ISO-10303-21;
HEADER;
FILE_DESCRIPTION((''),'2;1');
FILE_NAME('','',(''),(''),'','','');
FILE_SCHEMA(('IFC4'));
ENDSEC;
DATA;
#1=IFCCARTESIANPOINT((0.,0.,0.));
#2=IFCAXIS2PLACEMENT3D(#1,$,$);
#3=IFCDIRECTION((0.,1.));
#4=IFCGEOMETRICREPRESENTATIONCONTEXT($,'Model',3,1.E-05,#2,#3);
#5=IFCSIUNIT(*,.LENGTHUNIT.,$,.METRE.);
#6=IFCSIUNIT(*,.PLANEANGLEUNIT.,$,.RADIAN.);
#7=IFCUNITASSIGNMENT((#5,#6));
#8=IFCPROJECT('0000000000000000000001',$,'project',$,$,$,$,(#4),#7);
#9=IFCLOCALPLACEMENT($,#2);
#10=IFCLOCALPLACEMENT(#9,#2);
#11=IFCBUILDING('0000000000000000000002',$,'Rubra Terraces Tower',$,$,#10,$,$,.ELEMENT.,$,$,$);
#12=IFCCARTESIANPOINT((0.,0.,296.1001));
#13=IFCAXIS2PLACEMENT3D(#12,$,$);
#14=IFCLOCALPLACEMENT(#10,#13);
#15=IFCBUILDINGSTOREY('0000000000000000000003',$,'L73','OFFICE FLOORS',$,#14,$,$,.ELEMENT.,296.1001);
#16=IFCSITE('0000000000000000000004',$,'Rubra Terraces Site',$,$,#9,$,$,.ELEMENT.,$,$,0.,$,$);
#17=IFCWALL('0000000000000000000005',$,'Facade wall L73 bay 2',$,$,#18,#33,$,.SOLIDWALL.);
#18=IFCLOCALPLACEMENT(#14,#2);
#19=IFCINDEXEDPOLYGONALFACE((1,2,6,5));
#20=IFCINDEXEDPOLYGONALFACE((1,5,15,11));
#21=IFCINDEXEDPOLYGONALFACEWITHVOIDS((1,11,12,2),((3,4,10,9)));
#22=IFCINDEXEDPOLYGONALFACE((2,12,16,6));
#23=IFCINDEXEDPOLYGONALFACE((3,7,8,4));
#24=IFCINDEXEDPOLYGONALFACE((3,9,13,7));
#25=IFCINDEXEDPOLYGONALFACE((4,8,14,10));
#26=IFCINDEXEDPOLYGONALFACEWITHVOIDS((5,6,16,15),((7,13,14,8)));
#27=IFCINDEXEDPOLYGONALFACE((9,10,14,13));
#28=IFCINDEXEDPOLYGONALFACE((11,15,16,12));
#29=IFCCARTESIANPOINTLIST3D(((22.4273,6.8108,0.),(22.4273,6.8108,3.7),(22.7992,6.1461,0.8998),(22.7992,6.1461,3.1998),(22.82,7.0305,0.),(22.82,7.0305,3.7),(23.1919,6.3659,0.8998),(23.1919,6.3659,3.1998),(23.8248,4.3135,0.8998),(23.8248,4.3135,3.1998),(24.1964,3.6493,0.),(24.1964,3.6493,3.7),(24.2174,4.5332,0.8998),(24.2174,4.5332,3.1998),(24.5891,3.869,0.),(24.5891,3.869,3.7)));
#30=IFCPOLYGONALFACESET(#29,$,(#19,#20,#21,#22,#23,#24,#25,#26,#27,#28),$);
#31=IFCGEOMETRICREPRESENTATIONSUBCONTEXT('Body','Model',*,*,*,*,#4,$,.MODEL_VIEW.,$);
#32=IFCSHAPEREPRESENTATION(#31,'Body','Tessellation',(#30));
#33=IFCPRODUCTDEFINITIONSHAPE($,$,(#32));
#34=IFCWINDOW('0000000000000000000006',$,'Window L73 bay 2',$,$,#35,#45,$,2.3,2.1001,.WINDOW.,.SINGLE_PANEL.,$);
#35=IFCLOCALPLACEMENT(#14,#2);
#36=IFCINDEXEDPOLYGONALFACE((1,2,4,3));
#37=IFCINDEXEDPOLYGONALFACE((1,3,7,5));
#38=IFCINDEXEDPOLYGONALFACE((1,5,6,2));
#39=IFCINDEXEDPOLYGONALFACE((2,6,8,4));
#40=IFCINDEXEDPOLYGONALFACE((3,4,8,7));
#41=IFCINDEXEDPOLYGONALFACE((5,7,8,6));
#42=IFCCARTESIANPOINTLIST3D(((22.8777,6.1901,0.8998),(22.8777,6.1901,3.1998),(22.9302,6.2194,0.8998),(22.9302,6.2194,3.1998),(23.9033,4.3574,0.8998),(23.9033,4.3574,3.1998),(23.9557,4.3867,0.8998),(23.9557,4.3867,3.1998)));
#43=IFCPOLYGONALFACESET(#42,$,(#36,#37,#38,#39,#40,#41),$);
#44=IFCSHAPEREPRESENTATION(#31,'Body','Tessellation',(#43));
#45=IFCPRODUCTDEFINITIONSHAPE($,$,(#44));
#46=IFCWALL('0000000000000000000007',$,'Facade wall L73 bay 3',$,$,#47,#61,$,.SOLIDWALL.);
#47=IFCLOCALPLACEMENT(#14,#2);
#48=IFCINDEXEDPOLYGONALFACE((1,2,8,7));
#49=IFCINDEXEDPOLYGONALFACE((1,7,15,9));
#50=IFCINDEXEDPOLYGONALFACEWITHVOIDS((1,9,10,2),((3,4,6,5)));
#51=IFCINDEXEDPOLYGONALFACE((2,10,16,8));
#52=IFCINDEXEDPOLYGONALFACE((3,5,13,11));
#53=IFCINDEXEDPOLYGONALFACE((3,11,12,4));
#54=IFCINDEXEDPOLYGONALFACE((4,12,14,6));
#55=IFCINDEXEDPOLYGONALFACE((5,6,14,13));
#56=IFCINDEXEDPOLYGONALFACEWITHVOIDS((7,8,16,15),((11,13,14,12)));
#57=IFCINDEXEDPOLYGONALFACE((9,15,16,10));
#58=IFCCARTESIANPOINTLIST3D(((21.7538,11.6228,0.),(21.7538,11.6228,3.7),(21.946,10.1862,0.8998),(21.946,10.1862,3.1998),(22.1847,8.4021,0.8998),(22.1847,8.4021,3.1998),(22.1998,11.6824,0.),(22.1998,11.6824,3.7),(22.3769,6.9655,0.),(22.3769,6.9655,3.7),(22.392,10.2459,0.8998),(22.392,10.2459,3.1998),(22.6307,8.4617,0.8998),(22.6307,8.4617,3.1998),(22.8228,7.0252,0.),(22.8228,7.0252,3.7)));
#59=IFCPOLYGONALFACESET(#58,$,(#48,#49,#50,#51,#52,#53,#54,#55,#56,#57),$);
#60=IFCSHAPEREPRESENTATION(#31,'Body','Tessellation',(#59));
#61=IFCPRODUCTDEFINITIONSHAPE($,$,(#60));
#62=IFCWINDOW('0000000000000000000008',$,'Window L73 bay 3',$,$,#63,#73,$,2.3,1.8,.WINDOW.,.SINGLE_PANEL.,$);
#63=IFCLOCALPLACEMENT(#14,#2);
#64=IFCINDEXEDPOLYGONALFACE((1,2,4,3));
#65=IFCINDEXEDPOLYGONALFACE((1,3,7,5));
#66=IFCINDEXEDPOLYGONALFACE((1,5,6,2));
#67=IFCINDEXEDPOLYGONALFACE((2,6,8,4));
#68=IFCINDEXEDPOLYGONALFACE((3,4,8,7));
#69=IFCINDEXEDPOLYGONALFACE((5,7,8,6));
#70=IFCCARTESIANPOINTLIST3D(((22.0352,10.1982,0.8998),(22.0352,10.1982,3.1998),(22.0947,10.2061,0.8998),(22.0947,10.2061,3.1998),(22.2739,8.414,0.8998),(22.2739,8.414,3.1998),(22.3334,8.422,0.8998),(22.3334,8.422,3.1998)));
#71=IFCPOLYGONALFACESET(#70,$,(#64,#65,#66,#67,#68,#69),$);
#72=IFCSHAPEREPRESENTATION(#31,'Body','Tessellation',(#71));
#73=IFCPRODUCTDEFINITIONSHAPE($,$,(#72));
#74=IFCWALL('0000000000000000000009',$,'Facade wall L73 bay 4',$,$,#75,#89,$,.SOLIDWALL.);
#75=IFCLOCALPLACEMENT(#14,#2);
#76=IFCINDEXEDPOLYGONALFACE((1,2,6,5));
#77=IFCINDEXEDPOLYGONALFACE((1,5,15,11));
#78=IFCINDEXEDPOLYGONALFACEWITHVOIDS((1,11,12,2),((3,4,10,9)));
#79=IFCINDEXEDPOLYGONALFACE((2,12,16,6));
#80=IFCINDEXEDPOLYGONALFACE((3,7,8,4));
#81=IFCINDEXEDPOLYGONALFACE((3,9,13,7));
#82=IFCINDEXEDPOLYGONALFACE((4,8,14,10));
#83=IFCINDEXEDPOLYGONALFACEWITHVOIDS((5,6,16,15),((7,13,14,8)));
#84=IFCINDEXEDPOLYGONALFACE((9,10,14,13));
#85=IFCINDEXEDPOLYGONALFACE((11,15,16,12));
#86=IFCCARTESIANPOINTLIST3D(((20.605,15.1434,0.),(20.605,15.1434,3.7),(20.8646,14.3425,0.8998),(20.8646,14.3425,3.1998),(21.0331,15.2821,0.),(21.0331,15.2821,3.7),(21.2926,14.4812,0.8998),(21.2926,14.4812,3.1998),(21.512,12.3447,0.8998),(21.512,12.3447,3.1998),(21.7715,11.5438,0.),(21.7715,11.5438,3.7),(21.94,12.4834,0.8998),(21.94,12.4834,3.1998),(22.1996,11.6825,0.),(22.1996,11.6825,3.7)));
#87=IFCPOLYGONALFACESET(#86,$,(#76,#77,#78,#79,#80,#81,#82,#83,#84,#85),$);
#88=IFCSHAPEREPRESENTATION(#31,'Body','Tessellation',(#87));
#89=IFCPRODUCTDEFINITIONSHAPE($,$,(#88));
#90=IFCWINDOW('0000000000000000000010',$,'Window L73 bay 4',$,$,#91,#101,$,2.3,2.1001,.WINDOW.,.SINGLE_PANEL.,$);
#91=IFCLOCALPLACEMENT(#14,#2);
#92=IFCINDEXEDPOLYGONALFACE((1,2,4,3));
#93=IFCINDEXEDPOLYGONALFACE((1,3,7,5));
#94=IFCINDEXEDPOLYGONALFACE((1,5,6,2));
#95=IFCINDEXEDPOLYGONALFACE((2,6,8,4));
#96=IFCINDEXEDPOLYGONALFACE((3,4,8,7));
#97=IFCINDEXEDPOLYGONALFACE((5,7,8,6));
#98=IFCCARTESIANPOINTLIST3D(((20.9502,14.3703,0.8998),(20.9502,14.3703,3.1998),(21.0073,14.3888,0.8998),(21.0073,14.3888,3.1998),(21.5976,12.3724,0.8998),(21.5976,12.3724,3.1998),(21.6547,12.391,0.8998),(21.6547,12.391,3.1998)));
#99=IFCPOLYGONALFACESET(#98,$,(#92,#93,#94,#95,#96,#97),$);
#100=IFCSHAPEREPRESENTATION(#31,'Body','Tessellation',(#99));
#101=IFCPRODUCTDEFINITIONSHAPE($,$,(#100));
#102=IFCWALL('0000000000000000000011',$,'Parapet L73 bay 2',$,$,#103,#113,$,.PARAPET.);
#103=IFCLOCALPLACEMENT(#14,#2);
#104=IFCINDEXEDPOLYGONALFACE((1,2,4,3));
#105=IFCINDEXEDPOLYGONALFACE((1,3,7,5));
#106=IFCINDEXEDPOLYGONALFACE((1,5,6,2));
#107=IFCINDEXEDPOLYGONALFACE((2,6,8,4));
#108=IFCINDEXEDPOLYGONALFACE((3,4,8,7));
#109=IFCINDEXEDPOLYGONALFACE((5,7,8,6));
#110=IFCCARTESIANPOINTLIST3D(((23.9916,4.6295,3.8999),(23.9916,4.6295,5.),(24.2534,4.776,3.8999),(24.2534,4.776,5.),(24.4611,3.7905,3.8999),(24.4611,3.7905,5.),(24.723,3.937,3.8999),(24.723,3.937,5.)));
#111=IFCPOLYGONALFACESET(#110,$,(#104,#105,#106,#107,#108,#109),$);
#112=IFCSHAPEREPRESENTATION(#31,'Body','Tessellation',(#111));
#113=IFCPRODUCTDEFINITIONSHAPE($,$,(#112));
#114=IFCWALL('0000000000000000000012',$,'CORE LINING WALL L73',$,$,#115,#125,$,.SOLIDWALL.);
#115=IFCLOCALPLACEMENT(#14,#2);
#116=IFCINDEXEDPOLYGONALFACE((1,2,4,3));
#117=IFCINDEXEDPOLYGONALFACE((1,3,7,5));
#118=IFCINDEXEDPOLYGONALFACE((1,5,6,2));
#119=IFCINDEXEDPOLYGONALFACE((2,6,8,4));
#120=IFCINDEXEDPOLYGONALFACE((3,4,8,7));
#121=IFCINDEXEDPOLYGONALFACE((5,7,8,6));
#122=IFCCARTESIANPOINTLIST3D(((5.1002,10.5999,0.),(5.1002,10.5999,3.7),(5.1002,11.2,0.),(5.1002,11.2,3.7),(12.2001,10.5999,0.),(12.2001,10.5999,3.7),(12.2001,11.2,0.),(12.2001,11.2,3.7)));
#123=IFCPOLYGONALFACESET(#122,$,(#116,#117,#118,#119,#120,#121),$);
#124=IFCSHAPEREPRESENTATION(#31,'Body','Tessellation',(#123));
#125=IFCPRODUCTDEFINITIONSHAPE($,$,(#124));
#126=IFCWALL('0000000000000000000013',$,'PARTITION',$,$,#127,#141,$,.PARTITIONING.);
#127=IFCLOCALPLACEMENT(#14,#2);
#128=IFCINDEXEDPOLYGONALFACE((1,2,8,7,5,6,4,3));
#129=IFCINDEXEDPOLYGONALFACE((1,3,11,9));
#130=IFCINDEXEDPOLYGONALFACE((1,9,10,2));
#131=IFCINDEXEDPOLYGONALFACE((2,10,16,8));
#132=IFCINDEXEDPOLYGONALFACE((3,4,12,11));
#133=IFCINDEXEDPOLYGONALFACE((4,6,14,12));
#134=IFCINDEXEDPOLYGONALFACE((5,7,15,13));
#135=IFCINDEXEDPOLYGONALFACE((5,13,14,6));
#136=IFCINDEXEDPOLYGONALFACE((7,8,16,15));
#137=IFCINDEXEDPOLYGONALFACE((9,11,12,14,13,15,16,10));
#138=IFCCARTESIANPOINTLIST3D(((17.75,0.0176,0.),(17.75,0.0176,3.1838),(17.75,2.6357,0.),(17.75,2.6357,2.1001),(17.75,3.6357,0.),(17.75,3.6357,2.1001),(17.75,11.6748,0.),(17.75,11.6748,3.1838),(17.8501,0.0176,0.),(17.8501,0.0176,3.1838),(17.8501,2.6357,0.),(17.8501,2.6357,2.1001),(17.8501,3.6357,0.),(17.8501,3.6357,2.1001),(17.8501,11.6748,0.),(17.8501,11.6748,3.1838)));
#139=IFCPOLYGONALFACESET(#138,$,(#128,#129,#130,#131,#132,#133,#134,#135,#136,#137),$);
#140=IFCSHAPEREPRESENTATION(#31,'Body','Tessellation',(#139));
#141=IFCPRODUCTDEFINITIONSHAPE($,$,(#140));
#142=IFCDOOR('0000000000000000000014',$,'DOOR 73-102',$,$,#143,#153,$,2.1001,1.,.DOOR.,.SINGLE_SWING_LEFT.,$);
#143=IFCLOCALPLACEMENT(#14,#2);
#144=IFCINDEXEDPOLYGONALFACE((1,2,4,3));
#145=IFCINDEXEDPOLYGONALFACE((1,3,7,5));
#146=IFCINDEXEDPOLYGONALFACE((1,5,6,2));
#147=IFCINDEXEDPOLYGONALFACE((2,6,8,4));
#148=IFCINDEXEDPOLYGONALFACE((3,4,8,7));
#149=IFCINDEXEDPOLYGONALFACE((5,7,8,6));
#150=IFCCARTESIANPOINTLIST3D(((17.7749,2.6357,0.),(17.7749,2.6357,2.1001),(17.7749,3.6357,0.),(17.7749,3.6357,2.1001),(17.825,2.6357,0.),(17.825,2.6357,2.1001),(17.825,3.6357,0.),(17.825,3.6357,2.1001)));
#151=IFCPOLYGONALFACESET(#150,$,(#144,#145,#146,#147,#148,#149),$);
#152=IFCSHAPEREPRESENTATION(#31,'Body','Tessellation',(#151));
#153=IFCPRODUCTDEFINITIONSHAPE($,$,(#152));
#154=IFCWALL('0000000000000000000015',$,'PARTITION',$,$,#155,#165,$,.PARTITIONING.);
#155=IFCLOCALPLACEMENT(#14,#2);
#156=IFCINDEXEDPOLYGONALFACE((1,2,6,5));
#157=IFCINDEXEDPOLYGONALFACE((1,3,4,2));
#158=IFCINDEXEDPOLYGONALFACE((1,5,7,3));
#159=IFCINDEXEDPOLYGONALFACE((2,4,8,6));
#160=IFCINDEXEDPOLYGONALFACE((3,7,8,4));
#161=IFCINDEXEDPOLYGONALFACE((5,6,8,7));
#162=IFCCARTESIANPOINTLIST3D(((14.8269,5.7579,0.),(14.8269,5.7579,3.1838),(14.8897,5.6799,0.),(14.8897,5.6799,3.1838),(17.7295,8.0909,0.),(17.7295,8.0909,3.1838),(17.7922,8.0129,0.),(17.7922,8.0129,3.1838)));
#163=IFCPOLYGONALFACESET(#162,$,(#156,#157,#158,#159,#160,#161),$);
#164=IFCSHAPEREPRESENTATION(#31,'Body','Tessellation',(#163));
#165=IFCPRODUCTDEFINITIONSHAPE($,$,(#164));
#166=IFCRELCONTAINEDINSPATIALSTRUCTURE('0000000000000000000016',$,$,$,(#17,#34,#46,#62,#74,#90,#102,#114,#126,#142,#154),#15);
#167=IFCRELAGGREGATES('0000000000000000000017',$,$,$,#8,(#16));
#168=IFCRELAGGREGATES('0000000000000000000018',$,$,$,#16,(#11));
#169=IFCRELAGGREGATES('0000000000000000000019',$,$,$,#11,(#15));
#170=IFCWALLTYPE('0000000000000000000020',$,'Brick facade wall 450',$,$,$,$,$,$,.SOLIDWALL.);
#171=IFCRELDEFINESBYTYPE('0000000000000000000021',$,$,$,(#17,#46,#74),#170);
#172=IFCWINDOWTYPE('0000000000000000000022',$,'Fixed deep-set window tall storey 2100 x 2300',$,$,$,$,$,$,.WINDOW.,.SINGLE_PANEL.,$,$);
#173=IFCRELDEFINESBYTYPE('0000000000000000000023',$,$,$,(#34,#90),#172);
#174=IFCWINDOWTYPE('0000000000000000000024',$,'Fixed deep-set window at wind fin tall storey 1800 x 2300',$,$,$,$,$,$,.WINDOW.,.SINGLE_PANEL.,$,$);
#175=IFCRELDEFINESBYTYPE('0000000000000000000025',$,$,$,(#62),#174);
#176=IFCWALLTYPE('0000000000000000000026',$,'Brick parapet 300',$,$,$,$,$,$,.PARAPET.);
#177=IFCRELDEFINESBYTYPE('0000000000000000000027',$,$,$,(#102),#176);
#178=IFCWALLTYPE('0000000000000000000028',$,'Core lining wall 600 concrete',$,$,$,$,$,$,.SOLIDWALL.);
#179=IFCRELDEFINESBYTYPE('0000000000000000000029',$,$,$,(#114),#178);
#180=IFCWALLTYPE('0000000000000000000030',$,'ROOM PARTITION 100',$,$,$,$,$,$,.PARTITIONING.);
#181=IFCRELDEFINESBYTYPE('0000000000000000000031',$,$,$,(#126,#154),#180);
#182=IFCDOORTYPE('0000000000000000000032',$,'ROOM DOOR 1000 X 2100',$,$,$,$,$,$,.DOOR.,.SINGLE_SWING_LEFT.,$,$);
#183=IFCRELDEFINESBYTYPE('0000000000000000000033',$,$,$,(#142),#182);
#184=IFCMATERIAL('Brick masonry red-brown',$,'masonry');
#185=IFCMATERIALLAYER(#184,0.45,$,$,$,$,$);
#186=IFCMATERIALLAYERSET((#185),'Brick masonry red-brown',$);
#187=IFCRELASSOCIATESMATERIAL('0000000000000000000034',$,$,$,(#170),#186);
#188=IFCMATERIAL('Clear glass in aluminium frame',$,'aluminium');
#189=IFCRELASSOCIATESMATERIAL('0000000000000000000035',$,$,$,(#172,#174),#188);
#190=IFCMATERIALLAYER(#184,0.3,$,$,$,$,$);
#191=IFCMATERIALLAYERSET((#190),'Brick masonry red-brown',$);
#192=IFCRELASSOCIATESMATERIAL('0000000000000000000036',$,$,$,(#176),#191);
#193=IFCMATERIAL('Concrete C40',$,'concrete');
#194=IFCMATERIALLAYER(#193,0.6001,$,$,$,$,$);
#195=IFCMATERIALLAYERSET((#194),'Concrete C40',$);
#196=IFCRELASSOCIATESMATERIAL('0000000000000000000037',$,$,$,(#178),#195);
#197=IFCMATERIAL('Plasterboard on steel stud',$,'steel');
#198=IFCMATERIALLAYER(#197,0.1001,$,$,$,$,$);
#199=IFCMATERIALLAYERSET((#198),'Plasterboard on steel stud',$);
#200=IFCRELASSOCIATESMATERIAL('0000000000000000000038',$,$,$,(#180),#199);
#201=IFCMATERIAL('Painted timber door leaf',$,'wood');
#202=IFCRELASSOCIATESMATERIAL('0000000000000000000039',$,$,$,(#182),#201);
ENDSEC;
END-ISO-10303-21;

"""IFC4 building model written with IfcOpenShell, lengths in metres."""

from ifc_helpers import new_model, si_unit, direction, frame, frame_2d, origin, place, context, subcontext, project, spatial, rectangle, extrude, material, layer, layer_set, type_object, element, fill, save


model = new_model("IFC4")

# Units and contexts
model_context = context("Model", 3, precision=1e-05, world=origin(), true_north=direction((0.0, 1.0)))
body_context = subcontext(model_context, "Body", "Model", "MODEL_VIEW")
ifc_project = project(units=[si_unit("LENGTHUNIT", "METRE"), si_unit("PLANEANGLEUNIT", "RADIAN")], contexts=[model_context])

# Site, building, storey
site_placement = place(None, origin())
site = spatial("IfcSite", under=ifc_project, at=site_placement, Name="Rubra Terraces Site", CompositionType="ELEMENT", RefElevation=0.0)
building_placement = place(site_placement, origin())
building = spatial("IfcBuilding", under=site, at=building_placement, Name="Rubra Terraces Tower", CompositionType="ELEMENT")
storey_placement = place(building_placement, frame((0.0, 0.0, 296.1001)))
storey = spatial("IfcBuildingStorey", under=building, at=storey_placement, Name="L73", Description="OFFICE FLOORS", CompositionType="ELEMENT", Elevation=296.1001)

# Walls, openings, windows
ifc_material_1 = material(Name="Brick masonry red-brown", Category="masonry")
ifc_layer_1 = layer(ifc_material_1, 0.45)
ifc_layer_set_1 = layer_set([ifc_layer_1], Name="Brick masonry red-brown")
wall_type_1 = type_object("IfcWallType", Name="Brick facade wall 450", PredefinedType="SOLIDWALL", material=ifc_layer_set_1)
wall_1_placement = place(storey_placement, frame((24.3928, 3.759, 0.0), z_axis=(0.0, 0.0, 1.0), x_axis=(-0.488324, 0.872662, 0.0)))
wall_1 = element("IfcWall", 1, at=wall_1_placement, inside=storey, type_object=wall_type_1, Name="Facade wall L73 bay 2", PredefinedType="SOLIDWALL", context=body_context, shape_type="SweptSolid", body=[
    extrude(rectangle(XDim=3.6228, YDim=0.45, at=frame_2d((1.8115, 0.0))), origin(), (0.0, 0.0, 1.0), 3.7),
])
opening_1_placement = place(wall_1_placement, frame((0.7612, 0.0, 0.8999)))
opening_1 = element("IfcOpeningElement", 2, at=opening_1_placement, cuts=wall_1, PredefinedType="OPENING", context=body_context, shape_type="SweptSolid", body=[
    extrude(rectangle(XDim=2.1001, YDim=2.3, at=frame_2d((1.05, 1.1499))), frame((0.0, 0.2349, 0.0), z_axis=(0.0, -1.0, 0.0), x_axis=(1.0, 0.0, 0.0)), (0.0, 0.0, 1.0), 0.47),
])
ifc_material_2 = material(Name="Clear glass in aluminium frame", Category="aluminium")
window_type_1 = type_object("IfcWindowType", Name="Fixed deep-set window tall storey 2100 x 2300", PartitioningType="SINGLE_PANEL", PredefinedType="WINDOW", material=ifc_material_2)
window_1_placement = place(opening_1_placement, origin())
window_1 = element("IfcWindow", 3, at=window_1_placement, inside=storey, type_object=window_type_1, Name="Window L73 bay 2", OverallHeight=2.3, OverallWidth=2.1001, PartitioningType="SINGLE_PANEL", PredefinedType="WINDOW", context=body_context, shape_type="SweptSolid", body=[
    extrude(rectangle(XDim=2.1001, YDim=2.3, at=frame_2d((1.05, 1.1499))), frame((0.0, 0.135, 0.0), z_axis=(0.0, -1.0, 0.0), x_axis=(1.0, 0.0, 0.0)), (0.0, 0.0, 1.0), 0.0601),
])
fill(opening_1, window_1)
wall_2_placement = place(storey_placement, frame((22.5999, 6.9954, 0.0), z_axis=(0.0, 0.0, 1.0), x_axis=(-0.132599, 0.99117, 0.0)))
wall_2 = element("IfcWall", 4, at=wall_2_placement, inside=storey, type_object=wall_type_1, Name="Facade wall L73 bay 3", PredefinedType="SOLIDWALL", context=body_context, shape_type="SweptSolid", body=[
    extrude(rectangle(XDim=4.6987, YDim=0.45, at=frame_2d((2.3494, 0.0))), origin(), (0.0, 0.0, 1.0), 3.7),
])
opening_2_placement = place(wall_2_placement, frame((1.4495, 0.0, 0.8999)))
opening_2 = element("IfcOpeningElement", 5, at=opening_2_placement, cuts=wall_2, PredefinedType="OPENING", context=body_context, shape_type="SweptSolid", body=[
    extrude(rectangle(XDim=1.8, YDim=2.3, at=frame_2d((0.8999, 1.1499))), frame((0.0, 0.2349, 0.0), z_axis=(0.0, -1.0, 0.0), x_axis=(1.0, 0.0, 0.0)), (0.0, 0.0, 1.0), 0.47),
])
window_type_2 = type_object("IfcWindowType", Name="Fixed deep-set window at wind fin tall storey 1800 x 2300", PartitioningType="SINGLE_PANEL", PredefinedType="WINDOW", material=ifc_material_2)
window_2_placement = place(opening_2_placement, origin())
window_2 = element("IfcWindow", 6, at=window_2_placement, inside=storey, type_object=window_type_2, Name="Window L73 bay 3", OverallHeight=2.3, OverallWidth=1.8, PartitioningType="SINGLE_PANEL", PredefinedType="WINDOW", context=body_context, shape_type="SweptSolid", body=[
    extrude(rectangle(XDim=1.8, YDim=2.3, at=frame_2d((0.8999, 1.1499))), frame((0.0, 0.135, 0.0), z_axis=(0.0, -1.0, 0.0), x_axis=(1.0, 0.0, 0.0)), (0.0, 0.0, 1.0), 0.0601),
])
fill(opening_2, window_2)
wall_3_placement = place(storey_placement, frame((21.9856, 11.613, 0.0), z_axis=(0.0, 0.0, 1.0), x_axis=(-0.308281, 0.951295, 0.0)))
wall_3 = element("IfcWall", 7, at=wall_3_placement, inside=storey, type_object=wall_type_1, Name="Facade wall L73 bay 4", PredefinedType="SOLIDWALL", context=body_context, shape_type="SweptSolid", body=[
    extrude(rectangle(XDim=3.7839, YDim=0.45, at=frame_2d((1.8921, 0.0))), origin(), (0.0, 0.0, 1.0), 3.7),
])
opening_3_placement = place(wall_3_placement, frame((0.842, 0.0, 0.8999)))
opening_3 = element("IfcOpeningElement", 8, at=opening_3_placement, cuts=wall_3, PredefinedType="OPENING", context=body_context, shape_type="SweptSolid", body=[
    extrude(rectangle(XDim=2.1001, YDim=2.3, at=frame_2d((1.05, 1.1499))), frame((0.0, 0.2349, 0.0), z_axis=(0.0, -1.0, 0.0), x_axis=(1.0, 0.0, 0.0)), (0.0, 0.0, 1.0), 0.47),
])
window_3_placement = place(opening_3_placement, origin())
window_3 = element("IfcWindow", 9, at=window_3_placement, inside=storey, type_object=window_type_1, Name="Window L73 bay 4", OverallHeight=2.3, OverallWidth=2.1001, PartitioningType="SINGLE_PANEL", PredefinedType="WINDOW", context=body_context, shape_type="SweptSolid", body=[
    extrude(rectangle(XDim=2.1001, YDim=2.3, at=frame_2d((1.05, 1.1499))), frame((0.0, 0.135, 0.0), z_axis=(0.0, -1.0, 0.0), x_axis=(1.0, 0.0, 0.0)), (0.0, 0.0, 1.0), 0.0601),
])
fill(opening_3, window_3)

# Walls
ifc_layer_2 = layer(ifc_material_1, 0.3)
ifc_layer_set_2 = layer_set([ifc_layer_2], Name="Brick masonry red-brown")
wall_type_2 = type_object("IfcWallType", Name="Brick parapet 300", PredefinedType="PARAPET", material=ifc_layer_set_2)
wall_4_placement = place(storey_placement, frame((24.592, 3.8638, 3.8999), z_axis=(0.0, 0.0, 1.0), x_axis=(-0.488379, 0.872632, 0.0)))
element("IfcWall", 10, at=wall_4_placement, inside=storey, type_object=wall_type_2, Name="Parapet L73 bay 2", PredefinedType="PARAPET", context=body_context, shape_type="SweptSolid", body=[
    extrude(rectangle(XDim=0.9614, YDim=0.3, at=frame_2d((0.4807, 0.0))), origin(), (0.0, 0.0, 1.0), 1.1001),
])
ifc_material_3 = material(Name="Concrete C40", Category="concrete")
ifc_layer_3 = layer(ifc_material_3, 0.6001)
ifc_layer_set_3 = layer_set([ifc_layer_3], Name="Concrete C40")
wall_type_3 = type_object("IfcWallType", Name="Core lining wall 600 concrete", PredefinedType="SOLIDWALL", material=ifc_layer_set_3)
wall_5_placement = place(storey_placement, frame((12.2, 10.8999, 0.0), z_axis=(0.0, 0.0, 1.0), x_axis=(-1.0, 0.0, 0.0)))
element("IfcWall", 11, at=wall_5_placement, inside=storey, type_object=wall_type_3, Name="CORE LINING WALL L73", PredefinedType="SOLIDWALL", context=body_context, shape_type="SweptSolid", body=[
    extrude(rectangle(XDim=7.0999, YDim=0.6001, at=frame_2d((3.5498, 0.0))), origin(), (0.0, 0.0, 1.0), 3.7),
])

# Wall, opening, door
ifc_material_4 = material(Name="Plasterboard on steel stud", Category="steel")
ifc_layer_4 = layer(ifc_material_4, 0.1001)
ifc_layer_set_4 = layer_set([ifc_layer_4], Name="Plasterboard on steel stud")
wall_type_4 = type_object("IfcWallType", Name="ROOM PARTITION 100", PredefinedType="PARTITIONING", material=ifc_layer_set_4)
wall_6_placement = place(storey_placement, frame((17.8, 11.6748, 0.0), z_axis=(0.0, 0.0, 1.0), x_axis=(0.0, -1.0, 0.0)))
wall_6 = element("IfcWall", 12, at=wall_6_placement, inside=storey, type_object=wall_type_4, Name="PARTITION", PredefinedType="PARTITIONING", context=body_context, shape_type="SweptSolid", body=[
    extrude(rectangle(XDim=11.6572, YDim=0.1001, at=frame_2d((5.8286, 0.0))), origin(), (0.0, 0.0, 1.0), 3.1838),
])
opening_4_placement = place(wall_6_placement, frame((8.0391, 0.0, 0.0)))
opening_4 = element("IfcOpeningElement", 13, at=opening_4_placement, cuts=wall_6, PredefinedType="OPENING", context=body_context, shape_type="SweptSolid", body=[
    extrude(rectangle(XDim=1.0, YDim=2.1001, at=frame_2d((0.5, 1.05))), frame((0.0, 0.0601, 0.0), z_axis=(0.0, -1.0, 0.0), x_axis=(1.0, 0.0, 0.0)), (0.0, 0.0, 1.0), 0.1201),
])
ifc_material_5 = material(Name="Painted timber door leaf", Category="wood")
door_type = type_object("IfcDoorType", Name="ROOM DOOR 1000 X 2100", OperationType="SINGLE_SWING_LEFT", PredefinedType="DOOR", material=ifc_material_5)
door_placement = place(opening_4_placement, origin())
door = element("IfcDoor", 14, at=door_placement, inside=storey, type_object=door_type, Name="DOOR 73-102", OperationType="SINGLE_SWING_LEFT", OverallHeight=2.1001, OverallWidth=1.0, PredefinedType="DOOR", context=body_context, shape_type="SweptSolid", body=[
    extrude(rectangle(XDim=1.0, YDim=2.1001, at=frame_2d((0.5, 1.05))), frame((0.0, 0.0249, 0.0), z_axis=(0.0, -1.0, 0.0), x_axis=(1.0, 0.0, 0.0)), (0.0, 0.0, 1.0), 0.05),
])
fill(opening_4, door)

# Wall
wall_7_placement = place(storey_placement, frame((14.8584, 5.719, 0.0), z_axis=(0.0, 0.0, 1.0), x_axis=(0.779434, 0.626484, 0.0)))
element("IfcWall", 15, at=wall_7_placement, inside=storey, type_object=wall_type_4, Name="PARTITION", PredefinedType="PARTITIONING", context=body_context, shape_type="SweptSolid", body=[
    extrude(rectangle(XDim=3.7239, YDim=0.1001, at=frame_2d((1.8618, 0.0))), origin(), (0.0, 0.0, 1.0), 3.1838),
])

save(model, "model.ifc")
